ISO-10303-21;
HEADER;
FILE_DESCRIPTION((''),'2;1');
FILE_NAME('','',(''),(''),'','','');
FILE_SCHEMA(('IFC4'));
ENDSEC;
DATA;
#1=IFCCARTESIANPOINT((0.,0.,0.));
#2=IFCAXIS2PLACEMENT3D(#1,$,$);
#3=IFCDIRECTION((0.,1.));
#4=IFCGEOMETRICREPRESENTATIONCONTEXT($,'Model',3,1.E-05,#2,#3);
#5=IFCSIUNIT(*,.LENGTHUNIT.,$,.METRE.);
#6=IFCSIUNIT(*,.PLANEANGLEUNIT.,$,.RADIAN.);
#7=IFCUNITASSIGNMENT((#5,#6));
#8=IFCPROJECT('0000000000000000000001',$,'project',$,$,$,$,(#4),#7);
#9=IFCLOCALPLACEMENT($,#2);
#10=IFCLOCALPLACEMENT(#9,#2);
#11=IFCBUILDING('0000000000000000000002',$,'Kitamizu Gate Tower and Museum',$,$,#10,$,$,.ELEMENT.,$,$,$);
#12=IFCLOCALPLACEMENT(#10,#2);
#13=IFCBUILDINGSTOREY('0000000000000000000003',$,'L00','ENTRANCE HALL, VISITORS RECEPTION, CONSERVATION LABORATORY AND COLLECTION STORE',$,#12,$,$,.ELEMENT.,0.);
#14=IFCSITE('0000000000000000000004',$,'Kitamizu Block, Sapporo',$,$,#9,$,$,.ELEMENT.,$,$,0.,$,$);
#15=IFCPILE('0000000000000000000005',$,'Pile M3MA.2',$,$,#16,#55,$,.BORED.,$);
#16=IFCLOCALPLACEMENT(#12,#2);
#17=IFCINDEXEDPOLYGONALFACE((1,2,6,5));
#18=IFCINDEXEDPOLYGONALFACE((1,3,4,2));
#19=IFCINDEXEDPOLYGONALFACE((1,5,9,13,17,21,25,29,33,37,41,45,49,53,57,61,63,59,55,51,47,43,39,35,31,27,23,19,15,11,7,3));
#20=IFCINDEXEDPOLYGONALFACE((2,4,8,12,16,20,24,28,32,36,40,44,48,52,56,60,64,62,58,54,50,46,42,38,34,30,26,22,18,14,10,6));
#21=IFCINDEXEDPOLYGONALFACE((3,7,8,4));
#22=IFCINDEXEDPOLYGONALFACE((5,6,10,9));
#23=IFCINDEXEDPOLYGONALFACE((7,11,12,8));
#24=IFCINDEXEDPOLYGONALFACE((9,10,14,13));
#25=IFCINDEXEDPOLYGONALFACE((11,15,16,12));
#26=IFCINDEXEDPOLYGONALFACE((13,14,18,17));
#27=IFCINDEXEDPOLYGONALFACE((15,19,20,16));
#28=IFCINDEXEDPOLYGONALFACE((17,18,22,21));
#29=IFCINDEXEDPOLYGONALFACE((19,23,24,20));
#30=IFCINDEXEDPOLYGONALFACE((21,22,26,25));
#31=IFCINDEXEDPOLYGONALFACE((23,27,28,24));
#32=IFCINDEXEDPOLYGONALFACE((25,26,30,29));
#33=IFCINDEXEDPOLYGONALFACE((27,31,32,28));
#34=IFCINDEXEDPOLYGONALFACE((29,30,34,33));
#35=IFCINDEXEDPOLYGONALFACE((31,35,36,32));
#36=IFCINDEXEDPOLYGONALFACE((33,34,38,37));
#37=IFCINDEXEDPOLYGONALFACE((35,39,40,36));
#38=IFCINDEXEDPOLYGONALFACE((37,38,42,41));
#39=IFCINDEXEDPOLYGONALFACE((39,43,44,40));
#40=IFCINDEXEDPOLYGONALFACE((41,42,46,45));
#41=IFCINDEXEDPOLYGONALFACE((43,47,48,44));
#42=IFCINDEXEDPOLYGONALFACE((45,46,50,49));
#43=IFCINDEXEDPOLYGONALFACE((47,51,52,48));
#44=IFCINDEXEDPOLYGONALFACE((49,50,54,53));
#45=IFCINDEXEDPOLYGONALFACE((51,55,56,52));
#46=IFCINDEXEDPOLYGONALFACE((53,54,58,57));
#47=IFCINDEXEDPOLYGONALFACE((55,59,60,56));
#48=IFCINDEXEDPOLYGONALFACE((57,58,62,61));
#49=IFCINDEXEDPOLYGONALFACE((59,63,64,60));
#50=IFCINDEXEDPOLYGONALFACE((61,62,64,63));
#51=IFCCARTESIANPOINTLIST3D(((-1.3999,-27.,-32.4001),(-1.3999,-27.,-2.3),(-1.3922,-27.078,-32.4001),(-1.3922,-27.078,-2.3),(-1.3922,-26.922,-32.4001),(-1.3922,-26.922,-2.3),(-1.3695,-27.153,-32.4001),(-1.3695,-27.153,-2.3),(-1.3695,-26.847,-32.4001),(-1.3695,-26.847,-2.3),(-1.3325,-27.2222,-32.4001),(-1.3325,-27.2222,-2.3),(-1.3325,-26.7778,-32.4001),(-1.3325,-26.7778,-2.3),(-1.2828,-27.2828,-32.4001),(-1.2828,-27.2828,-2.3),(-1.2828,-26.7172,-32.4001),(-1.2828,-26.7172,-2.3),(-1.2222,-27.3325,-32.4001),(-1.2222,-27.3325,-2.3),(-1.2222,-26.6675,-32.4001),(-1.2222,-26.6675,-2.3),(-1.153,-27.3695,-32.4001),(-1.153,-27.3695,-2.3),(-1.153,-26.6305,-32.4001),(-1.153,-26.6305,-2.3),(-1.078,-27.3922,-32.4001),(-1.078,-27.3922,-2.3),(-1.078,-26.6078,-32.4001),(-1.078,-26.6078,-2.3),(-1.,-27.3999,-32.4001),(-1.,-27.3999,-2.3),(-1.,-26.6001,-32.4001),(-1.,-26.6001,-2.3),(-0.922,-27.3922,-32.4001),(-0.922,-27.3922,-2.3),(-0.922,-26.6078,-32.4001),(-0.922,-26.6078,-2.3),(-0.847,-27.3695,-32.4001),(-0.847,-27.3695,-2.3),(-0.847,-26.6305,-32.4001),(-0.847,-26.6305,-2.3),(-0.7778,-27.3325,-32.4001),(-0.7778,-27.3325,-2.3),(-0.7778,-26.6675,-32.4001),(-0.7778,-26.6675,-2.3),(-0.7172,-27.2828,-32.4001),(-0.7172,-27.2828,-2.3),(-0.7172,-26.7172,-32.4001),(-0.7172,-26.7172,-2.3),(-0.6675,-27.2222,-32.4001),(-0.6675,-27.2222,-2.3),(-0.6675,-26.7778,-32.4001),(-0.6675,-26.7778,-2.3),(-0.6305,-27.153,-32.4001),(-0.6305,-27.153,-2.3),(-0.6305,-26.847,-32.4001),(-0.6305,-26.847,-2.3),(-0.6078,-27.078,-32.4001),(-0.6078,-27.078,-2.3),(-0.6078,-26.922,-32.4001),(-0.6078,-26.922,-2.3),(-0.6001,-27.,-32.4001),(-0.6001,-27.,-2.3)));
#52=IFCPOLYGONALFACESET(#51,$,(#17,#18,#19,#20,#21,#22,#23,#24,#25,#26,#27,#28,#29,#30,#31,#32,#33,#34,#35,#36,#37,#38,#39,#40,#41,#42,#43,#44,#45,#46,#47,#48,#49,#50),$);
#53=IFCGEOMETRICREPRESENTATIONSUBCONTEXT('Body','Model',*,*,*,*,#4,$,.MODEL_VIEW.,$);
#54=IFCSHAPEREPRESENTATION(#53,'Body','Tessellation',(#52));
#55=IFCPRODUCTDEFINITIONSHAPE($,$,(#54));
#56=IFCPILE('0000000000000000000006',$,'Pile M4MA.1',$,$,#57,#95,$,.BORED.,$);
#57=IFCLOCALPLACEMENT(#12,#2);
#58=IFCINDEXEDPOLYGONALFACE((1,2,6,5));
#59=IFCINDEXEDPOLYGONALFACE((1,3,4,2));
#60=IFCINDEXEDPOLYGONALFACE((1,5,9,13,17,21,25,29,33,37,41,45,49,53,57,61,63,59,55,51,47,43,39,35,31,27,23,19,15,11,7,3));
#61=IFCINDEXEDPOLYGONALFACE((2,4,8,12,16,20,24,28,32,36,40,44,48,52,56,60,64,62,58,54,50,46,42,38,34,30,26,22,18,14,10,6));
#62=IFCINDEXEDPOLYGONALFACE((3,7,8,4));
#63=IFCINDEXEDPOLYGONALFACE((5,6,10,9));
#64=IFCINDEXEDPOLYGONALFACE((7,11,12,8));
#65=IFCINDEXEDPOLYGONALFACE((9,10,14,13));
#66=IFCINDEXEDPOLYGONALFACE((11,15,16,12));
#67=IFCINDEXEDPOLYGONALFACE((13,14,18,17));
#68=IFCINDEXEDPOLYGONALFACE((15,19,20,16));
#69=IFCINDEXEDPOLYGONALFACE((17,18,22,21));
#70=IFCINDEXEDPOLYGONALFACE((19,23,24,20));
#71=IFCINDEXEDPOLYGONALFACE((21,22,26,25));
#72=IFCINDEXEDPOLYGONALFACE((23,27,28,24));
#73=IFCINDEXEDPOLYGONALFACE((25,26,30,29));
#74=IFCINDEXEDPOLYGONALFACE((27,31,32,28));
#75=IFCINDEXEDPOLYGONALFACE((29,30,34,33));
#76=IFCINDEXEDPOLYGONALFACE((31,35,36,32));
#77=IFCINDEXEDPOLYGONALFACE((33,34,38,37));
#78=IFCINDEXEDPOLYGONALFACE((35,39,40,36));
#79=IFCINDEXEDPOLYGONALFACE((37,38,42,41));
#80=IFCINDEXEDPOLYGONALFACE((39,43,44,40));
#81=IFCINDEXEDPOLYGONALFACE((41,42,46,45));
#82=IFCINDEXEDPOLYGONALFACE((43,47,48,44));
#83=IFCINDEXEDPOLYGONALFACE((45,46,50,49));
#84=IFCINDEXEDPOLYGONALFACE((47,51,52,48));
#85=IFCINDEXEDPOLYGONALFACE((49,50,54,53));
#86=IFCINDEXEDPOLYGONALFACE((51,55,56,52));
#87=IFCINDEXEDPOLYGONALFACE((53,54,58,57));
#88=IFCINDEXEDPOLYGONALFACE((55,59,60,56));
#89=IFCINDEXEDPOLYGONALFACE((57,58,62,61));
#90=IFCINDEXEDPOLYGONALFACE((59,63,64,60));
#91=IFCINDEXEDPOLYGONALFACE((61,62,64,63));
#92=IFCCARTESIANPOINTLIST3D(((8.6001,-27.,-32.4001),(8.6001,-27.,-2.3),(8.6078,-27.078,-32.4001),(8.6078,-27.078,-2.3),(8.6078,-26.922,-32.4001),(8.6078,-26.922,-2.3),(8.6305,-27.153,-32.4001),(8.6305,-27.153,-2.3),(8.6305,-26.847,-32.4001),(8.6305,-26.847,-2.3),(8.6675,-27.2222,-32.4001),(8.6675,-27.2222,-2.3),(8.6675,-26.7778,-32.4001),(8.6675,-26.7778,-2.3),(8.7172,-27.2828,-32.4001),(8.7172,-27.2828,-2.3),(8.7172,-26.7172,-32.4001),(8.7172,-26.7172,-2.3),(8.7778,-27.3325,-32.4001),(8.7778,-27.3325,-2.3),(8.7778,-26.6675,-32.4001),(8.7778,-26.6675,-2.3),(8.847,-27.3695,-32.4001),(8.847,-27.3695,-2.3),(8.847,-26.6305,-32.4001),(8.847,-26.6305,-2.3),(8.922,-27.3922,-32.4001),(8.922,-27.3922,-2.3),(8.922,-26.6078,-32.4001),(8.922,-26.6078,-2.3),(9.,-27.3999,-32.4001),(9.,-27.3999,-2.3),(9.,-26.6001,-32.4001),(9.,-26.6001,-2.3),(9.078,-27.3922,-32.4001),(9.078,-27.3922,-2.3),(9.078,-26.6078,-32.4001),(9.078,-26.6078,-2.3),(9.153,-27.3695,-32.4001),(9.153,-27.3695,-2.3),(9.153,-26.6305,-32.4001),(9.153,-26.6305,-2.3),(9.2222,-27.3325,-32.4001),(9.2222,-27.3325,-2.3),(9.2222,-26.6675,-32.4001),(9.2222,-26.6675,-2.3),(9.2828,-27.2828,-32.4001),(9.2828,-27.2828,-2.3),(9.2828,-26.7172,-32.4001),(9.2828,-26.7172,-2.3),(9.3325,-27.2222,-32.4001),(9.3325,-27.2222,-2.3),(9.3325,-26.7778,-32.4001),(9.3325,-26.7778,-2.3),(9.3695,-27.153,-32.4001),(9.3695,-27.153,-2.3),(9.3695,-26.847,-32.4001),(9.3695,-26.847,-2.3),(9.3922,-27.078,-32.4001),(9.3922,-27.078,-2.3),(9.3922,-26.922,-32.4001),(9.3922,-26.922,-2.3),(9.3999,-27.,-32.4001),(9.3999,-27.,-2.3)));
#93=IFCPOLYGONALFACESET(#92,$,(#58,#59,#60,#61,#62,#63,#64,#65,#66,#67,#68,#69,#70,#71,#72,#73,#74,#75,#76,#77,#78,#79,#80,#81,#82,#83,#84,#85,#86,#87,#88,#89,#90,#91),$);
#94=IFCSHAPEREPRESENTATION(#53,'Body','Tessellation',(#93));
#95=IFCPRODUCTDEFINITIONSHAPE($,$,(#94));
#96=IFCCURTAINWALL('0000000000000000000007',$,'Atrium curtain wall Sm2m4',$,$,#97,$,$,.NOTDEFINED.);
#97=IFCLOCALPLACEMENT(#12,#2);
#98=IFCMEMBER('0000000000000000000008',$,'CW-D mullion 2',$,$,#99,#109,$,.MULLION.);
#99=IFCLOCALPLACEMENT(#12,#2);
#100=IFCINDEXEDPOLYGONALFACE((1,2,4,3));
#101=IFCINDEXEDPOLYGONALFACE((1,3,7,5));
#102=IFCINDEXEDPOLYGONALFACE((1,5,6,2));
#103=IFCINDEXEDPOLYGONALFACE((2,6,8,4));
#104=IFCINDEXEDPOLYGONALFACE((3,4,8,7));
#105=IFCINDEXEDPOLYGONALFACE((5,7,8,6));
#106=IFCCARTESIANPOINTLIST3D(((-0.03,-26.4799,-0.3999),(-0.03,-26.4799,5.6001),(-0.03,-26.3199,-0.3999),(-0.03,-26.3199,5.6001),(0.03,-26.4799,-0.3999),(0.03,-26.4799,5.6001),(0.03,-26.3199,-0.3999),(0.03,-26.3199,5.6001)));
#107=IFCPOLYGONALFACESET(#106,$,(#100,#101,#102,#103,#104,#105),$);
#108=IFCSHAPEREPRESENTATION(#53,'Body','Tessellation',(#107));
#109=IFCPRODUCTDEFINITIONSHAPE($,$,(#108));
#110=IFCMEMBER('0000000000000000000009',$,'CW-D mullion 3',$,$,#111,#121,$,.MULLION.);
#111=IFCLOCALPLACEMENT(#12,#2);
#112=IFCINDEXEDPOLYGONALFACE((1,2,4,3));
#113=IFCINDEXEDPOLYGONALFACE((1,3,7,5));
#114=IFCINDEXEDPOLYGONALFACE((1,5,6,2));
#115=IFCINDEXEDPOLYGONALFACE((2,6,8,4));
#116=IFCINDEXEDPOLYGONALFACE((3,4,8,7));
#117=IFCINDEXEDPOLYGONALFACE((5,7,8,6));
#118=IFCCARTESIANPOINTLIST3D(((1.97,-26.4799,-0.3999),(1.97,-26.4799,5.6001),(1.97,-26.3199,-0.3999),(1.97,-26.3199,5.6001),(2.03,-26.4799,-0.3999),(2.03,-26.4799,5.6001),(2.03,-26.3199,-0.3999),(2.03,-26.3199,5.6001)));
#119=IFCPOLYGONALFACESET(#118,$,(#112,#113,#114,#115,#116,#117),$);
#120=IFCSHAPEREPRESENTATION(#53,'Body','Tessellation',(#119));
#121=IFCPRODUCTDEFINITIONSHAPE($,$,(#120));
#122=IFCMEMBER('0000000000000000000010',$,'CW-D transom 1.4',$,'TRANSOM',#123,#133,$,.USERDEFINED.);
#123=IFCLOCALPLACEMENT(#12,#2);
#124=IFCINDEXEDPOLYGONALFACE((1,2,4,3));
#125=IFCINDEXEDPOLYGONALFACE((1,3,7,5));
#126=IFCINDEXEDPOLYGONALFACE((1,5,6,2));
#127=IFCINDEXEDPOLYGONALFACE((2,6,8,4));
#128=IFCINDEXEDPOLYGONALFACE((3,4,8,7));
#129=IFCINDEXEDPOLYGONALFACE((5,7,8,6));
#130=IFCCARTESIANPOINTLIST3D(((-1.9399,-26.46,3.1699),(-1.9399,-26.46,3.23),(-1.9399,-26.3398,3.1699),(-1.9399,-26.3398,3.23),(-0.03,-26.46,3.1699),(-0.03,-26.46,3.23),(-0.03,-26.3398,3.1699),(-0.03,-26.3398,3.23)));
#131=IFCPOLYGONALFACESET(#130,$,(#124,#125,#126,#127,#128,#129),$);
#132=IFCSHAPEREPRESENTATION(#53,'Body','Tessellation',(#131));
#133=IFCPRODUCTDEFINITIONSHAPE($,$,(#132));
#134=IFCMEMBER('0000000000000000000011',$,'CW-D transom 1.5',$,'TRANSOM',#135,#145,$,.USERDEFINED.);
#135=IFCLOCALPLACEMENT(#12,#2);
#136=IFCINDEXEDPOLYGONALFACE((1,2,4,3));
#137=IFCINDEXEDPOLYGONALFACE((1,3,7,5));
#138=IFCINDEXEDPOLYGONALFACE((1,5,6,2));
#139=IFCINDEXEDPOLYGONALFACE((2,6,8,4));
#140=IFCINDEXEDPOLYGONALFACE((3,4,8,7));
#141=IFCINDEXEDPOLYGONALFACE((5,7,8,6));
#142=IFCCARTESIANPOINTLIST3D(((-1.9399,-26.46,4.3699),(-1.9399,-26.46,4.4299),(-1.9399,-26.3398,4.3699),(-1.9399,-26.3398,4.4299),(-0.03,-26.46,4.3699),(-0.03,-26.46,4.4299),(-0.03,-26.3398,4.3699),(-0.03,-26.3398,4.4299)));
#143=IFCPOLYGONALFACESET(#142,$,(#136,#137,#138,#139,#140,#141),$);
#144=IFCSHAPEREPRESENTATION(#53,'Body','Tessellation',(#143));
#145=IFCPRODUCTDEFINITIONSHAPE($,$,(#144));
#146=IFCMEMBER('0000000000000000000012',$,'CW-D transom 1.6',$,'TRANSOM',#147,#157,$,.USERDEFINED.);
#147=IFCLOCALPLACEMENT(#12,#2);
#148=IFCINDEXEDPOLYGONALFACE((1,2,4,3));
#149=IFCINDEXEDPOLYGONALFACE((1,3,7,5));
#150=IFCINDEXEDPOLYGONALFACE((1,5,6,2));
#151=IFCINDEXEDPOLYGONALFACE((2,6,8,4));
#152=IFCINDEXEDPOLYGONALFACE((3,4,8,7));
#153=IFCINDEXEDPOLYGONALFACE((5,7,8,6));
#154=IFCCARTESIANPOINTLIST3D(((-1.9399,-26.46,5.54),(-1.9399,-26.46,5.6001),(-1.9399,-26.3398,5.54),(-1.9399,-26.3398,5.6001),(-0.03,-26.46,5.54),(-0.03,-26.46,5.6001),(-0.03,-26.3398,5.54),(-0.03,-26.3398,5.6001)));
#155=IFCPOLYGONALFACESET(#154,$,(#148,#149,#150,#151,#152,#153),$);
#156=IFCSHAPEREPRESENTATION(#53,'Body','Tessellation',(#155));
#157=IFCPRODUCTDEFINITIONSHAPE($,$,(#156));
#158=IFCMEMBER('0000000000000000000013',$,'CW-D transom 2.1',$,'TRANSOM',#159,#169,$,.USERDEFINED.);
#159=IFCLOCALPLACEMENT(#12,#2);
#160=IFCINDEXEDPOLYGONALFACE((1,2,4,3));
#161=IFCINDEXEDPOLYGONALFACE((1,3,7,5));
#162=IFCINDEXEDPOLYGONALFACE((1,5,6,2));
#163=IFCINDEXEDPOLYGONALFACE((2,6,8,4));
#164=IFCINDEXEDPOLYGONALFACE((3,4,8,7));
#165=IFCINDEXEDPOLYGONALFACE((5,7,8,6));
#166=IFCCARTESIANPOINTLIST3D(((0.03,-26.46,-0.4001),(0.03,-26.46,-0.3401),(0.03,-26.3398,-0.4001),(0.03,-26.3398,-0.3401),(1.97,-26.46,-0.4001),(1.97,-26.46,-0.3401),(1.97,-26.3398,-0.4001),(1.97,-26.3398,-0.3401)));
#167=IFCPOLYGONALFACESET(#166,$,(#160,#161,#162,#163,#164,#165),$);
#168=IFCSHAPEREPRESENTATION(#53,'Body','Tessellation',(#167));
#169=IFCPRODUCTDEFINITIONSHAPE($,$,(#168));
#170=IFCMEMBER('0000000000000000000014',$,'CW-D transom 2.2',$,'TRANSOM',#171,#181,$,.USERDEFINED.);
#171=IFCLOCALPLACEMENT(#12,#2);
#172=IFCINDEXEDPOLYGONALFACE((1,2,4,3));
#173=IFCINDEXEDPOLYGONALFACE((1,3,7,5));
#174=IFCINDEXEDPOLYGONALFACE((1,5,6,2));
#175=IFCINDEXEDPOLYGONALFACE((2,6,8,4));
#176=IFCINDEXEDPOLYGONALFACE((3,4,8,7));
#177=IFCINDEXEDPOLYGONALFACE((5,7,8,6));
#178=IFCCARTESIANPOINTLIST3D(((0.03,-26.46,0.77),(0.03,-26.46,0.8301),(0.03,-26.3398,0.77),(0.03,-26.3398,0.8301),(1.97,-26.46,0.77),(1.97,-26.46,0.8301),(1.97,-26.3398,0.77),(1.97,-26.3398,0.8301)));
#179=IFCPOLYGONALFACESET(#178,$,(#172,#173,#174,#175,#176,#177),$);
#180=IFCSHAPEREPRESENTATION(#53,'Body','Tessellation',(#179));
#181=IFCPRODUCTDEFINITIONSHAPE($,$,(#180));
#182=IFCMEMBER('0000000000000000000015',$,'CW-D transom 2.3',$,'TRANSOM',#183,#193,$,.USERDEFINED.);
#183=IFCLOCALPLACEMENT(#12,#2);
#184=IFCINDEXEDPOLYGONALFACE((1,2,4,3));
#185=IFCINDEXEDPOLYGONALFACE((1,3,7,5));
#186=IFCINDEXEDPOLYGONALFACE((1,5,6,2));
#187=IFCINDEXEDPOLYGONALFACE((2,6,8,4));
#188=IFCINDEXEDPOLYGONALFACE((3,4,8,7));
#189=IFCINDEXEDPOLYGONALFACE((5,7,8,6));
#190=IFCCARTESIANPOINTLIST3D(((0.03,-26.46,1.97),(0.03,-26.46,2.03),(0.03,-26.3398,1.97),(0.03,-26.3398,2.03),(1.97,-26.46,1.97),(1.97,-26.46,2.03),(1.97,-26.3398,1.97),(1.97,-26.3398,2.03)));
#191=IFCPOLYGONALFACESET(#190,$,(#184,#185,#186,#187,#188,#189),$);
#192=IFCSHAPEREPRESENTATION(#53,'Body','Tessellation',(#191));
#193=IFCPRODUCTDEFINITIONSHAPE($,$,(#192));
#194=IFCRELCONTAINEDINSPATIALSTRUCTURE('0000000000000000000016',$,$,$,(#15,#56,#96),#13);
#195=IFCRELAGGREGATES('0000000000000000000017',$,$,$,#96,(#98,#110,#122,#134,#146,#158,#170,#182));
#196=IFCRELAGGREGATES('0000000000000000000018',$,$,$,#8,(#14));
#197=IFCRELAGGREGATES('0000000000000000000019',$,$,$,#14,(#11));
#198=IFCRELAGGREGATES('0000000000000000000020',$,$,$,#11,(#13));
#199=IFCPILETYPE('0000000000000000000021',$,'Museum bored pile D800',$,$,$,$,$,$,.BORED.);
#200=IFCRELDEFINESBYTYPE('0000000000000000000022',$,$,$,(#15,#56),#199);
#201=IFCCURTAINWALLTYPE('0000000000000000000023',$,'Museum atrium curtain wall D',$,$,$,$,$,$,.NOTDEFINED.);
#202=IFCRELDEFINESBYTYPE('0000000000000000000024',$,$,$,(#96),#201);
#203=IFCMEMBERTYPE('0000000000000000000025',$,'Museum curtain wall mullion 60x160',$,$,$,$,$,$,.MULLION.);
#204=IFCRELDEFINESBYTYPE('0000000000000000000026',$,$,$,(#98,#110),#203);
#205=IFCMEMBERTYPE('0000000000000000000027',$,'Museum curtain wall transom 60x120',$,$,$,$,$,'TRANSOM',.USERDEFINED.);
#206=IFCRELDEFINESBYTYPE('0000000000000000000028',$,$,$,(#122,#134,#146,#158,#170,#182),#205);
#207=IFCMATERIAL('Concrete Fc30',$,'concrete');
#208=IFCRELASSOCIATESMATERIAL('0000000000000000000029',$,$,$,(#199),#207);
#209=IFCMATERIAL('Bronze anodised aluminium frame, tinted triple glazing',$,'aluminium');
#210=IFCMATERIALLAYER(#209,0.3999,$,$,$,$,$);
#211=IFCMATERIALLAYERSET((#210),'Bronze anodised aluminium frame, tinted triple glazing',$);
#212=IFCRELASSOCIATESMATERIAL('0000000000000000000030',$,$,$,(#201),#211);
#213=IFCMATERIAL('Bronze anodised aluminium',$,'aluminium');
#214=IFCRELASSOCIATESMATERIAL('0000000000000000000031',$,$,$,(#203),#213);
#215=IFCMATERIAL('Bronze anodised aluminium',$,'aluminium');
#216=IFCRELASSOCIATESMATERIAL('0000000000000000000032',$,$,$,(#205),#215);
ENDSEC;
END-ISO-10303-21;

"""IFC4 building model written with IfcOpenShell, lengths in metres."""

from ifc_helpers import new_model, si_unit, direction, frame, origin, origin_2d, place, context, subcontext, project, spatial, rectangle, circle, extrude, material, layer, layer_set, material_profile, profile_set, type_object, element, aggregate, save


model = new_model("IFC4")

# Units and contexts
model_context = context("Model", 3, precision=1e-05, world=origin(), true_north=direction((0.0, 1.0)))
body_context = subcontext(model_context, "Body", "Model", "MODEL_VIEW")
ifc_project = project(units=[si_unit("LENGTHUNIT", "METRE"), si_unit("PLANEANGLEUNIT", "RADIAN")], contexts=[model_context])

# Site, building, storey
site_placement = place(None, origin())
site = spatial("IfcSite", under=ifc_project, at=site_placement, Name="Kitamizu Block, Sapporo", CompositionType="ELEMENT", RefElevation=0.0)
building_placement = place(site_placement, origin())
building = spatial("IfcBuilding", under=site, at=building_placement, Name="Kitamizu Gate Tower and Museum", CompositionType="ELEMENT")
storey_placement = place(building_placement, origin())
storey = spatial("IfcBuildingStorey", under=building, at=storey_placement, Name="L00", Description="ENTRANCE HALL, VISITORS RECEPTION, CONSERVATION LABORATORY AND COLLECTION STORE", CompositionType="ELEMENT", Elevation=0.0)

# Piles
ifc_material_1 = material(Name="Concrete Fc30", Category="concrete")
ifc_material_profile_1 = material_profile(ifc_material_1, circle(Radius=0.3999, at=origin_2d()), Name="D800")
ifc_profile_set_1 = profile_set([ifc_material_profile_1], Name="Concrete Fc30")
pile_type = type_object("IfcPileType", Name="Museum bored pile D800", PredefinedType="BORED", material=ifc_profile_set_1)
for number, where, z_axis, x_axis, name in (
    (1, (-1.0, -27.0, -2.3), (0.0, 0.0, -1.0), (1.0, 0.0, 0.0), "Pile M3MA.2"),
    (2, (9.0, -27.0, -2.3), (0.0, 0.0, -1.0), (1.0, 0.0, 0.0), "Pile M4MA.1"),
):
    element("IfcPile", number, at=place(storey_placement, frame(where, z_axis=z_axis, x_axis=x_axis)), inside=storey, type_object=pile_type, Name=name, PredefinedType="BORED", context=body_context, shape_type="SweptSolid", body=[
        extrude(circle(Radius=0.3999, at=origin_2d()), origin(), (0.0, 0.0, 1.0), 30.1001),
    ])

# Curtain wall, members
ifc_material_2 = material(Name="Bronze anodised aluminium frame, tinted triple glazing", Category="aluminium")
ifc_layer_1 = layer(ifc_material_2, 0.3999)
ifc_layer_set_1 = layer_set([ifc_layer_1], Name="Bronze anodised aluminium frame, tinted triple glazing")
curtain_wall_type = type_object("IfcCurtainWallType", Name="Museum atrium curtain wall D", PredefinedType="NOTDEFINED", material=ifc_layer_set_1)
curtain_wall_placement = place(storey_placement, origin())
curtain_wall = element("IfcCurtainWall", 3, at=curtain_wall_placement, inside=storey, type_object=curtain_wall_type, Name="Atrium curtain wall Sm2m4", PredefinedType="NOTDEFINED")
ifc_material_3 = material(Name="Bronze anodised aluminium", Category="aluminium")
ifc_material_profile_2 = material_profile(ifc_material_3, rectangle(XDim=0.0601, YDim=0.1599, at=origin_2d()), Name="60x160")
ifc_profile_set_2 = profile_set([ifc_material_profile_2], Name="Bronze anodised aluminium")
member_type_1 = type_object("IfcMemberType", Name="Museum curtain wall mullion 60x160", PredefinedType="MULLION", material=ifc_profile_set_2)
member_1_placement = place(storey_placement, frame((0.0, -26.3999, -0.3999), z_axis=(0.0, 0.0, 1.0), x_axis=(1.0, 0.0, 0.0)))
member_1 = element("IfcMember", 4, at=member_1_placement, type_object=member_type_1, Name="CW-D mullion 2", PredefinedType="MULLION", context=body_context, shape_type="SweptSolid", body=[
    extrude(rectangle(XDim=0.0601, YDim=0.1599, at=origin_2d()), origin(), (0.0, 0.0, 1.0), 6.0),
])
member_2_placement = place(storey_placement, frame((2.0, -26.3999, -0.3999), z_axis=(0.0, 0.0, 1.0), x_axis=(1.0, 0.0, 0.0)))
member_2 = element("IfcMember", 5, at=member_2_placement, type_object=member_type_1, Name="CW-D mullion 3", PredefinedType="MULLION", context=body_context, shape_type="SweptSolid", body=[
    extrude(rectangle(XDim=0.0601, YDim=0.1599, at=origin_2d()), origin(), (0.0, 0.0, 1.0), 6.0),
])
ifc_material_4 = material(Name="Bronze anodised aluminium", Category="aluminium")
ifc_material_profile_3 = material_profile(ifc_material_4, rectangle(XDim=0.1201, YDim=0.0601, at=origin_2d()), Name="120x60")
ifc_profile_set_3 = profile_set([ifc_material_profile_3], Name="Bronze anodised aluminium")
member_type_2 = type_object("IfcMemberType", Name="Museum curtain wall transom 60x120", ElementType="TRANSOM", PredefinedType="USERDEFINED", material=ifc_profile_set_3)
member_3_placement = place(storey_placement, frame((-1.9399, -26.3999, 3.2), z_axis=(1.0, 0.0, 0.0), x_axis=(0.0, 1.0, 0.0)))
member_3 = element("IfcMember", 6, at=member_3_placement, type_object=member_type_2, Name="CW-D transom 1.4", ObjectType="TRANSOM", PredefinedType="USERDEFINED", context=body_context, shape_type="SweptSolid", body=[
    extrude(rectangle(XDim=0.1201, YDim=0.0601, at=origin_2d()), origin(), (0.0, 0.0, 1.0), 1.9099),
])
member_4_placement = place(storey_placement, frame((-1.9399, -26.3999, 4.3999), z_axis=(1.0, 0.0, 0.0), x_axis=(0.0, 1.0, 0.0)))
member_4 = element("IfcMember", 7, at=member_4_placement, type_object=member_type_2, Name="CW-D transom 1.5", ObjectType="TRANSOM", PredefinedType="USERDEFINED", context=body_context, shape_type="SweptSolid", body=[
    extrude(rectangle(XDim=0.1201, YDim=0.0601, at=origin_2d()), origin(), (0.0, 0.0, 1.0), 1.9099),
])
member_5_placement = place(storey_placement, frame((-1.9399, -26.3999, 5.5701), z_axis=(1.0, 0.0, 0.0), x_axis=(0.0, 1.0, 0.0)))
member_5 = element("IfcMember", 8, at=member_5_placement, type_object=member_type_2, Name="CW-D transom 1.6", ObjectType="TRANSOM", PredefinedType="USERDEFINED", context=body_context, shape_type="SweptSolid", body=[
    extrude(rectangle(XDim=0.1201, YDim=0.0601, at=origin_2d()), origin(), (0.0, 0.0, 1.0), 1.9099),
])
member_6_placement = place(storey_placement, frame((0.03, -26.3999, -0.3701), z_axis=(1.0, 0.0, 0.0), x_axis=(0.0, 1.0, 0.0)))
member_6 = element("IfcMember", 9, at=member_6_placement, type_object=member_type_2, Name="CW-D transom 2.1", ObjectType="TRANSOM", PredefinedType="USERDEFINED", context=body_context, shape_type="SweptSolid", body=[
    extrude(rectangle(XDim=0.1201, YDim=0.0601, at=origin_2d()), origin(), (0.0, 0.0, 1.0), 1.9399),
])
member_7_placement = place(storey_placement, frame((0.03, -26.3999, 0.8), z_axis=(1.0, 0.0, 0.0), x_axis=(0.0, 1.0, 0.0)))
member_7 = element("IfcMember", 10, at=member_7_placement, type_object=member_type_2, Name="CW-D transom 2.2", ObjectType="TRANSOM", PredefinedType="USERDEFINED", context=body_context, shape_type="SweptSolid", body=[
    extrude(rectangle(XDim=0.1201, YDim=0.0601, at=origin_2d()), origin(), (0.0, 0.0, 1.0), 1.9399),
])
member_8_placement = place(storey_placement, frame((0.03, -26.3999, 2.0), z_axis=(1.0, 0.0, 0.0), x_axis=(0.0, 1.0, 0.0)))
member_8 = element("IfcMember", 11, at=member_8_placement, type_object=member_type_2, Name="CW-D transom 2.3", ObjectType="TRANSOM", PredefinedType="USERDEFINED", context=body_context, shape_type="SweptSolid", body=[
    extrude(rectangle(XDim=0.1201, YDim=0.0601, at=origin_2d()), origin(), (0.0, 0.0, 1.0), 1.9399),
])
aggregate(curtain_wall, [member_1, member_2, member_3, member_4, member_5, member_6, member_7, member_8])

save(model, "model.ifc")
